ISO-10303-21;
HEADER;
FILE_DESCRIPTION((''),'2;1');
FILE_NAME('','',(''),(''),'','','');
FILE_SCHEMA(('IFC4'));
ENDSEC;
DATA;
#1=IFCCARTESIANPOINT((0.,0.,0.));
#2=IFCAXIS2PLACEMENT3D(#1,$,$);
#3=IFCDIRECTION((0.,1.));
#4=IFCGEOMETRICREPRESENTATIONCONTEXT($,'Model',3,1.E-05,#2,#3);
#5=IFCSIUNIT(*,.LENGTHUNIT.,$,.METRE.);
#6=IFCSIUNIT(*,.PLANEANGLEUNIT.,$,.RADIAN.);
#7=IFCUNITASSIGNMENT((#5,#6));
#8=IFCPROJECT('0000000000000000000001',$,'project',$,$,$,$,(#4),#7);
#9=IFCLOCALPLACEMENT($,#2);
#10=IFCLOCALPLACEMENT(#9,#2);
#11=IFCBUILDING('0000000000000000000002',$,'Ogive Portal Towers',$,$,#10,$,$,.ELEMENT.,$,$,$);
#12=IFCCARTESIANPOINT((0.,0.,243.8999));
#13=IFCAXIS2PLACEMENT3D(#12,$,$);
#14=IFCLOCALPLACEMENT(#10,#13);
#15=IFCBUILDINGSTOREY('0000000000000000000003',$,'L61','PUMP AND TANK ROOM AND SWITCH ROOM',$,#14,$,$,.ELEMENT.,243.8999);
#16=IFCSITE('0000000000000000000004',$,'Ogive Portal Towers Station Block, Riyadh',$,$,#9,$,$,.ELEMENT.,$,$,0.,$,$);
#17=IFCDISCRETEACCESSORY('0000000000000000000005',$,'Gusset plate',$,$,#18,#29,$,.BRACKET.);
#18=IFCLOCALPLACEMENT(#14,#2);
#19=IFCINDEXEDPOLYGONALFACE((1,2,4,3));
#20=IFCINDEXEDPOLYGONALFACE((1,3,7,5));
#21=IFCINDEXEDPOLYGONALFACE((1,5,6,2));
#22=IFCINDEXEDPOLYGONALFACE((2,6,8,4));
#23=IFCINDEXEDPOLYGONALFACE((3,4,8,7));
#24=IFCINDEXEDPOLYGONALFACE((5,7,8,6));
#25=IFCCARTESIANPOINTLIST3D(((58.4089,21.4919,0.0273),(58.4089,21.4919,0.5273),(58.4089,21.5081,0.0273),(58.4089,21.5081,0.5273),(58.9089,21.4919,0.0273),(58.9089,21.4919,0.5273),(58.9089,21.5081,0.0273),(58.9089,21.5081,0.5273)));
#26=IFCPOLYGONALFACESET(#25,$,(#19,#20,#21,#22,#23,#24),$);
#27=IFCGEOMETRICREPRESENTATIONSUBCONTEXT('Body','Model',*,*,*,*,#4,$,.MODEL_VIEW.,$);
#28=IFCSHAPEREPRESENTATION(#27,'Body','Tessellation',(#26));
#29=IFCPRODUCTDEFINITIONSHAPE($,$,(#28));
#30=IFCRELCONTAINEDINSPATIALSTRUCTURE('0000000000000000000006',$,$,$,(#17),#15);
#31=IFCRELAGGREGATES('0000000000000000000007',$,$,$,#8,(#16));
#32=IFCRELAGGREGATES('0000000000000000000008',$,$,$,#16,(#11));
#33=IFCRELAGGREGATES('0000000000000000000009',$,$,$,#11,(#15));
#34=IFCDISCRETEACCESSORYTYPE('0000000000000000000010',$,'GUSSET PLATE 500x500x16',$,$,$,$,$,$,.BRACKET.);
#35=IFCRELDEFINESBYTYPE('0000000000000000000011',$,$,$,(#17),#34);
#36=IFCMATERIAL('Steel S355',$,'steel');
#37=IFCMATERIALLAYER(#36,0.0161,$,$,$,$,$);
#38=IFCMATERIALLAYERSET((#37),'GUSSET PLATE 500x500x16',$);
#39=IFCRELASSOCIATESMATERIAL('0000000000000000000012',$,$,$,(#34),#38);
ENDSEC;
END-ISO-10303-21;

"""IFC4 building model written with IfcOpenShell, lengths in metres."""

from ifc_helpers import new_model, si_unit, direction, frame, origin, origin_2d, place, context, subcontext, project, spatial, rectangle, extrude, material, layer, layer_set, type_object, element, save


model = new_model("IFC4")

# Units and contexts
model_context = context("Model", 3, precision=1e-05, world=origin(), true_north=direction((0.0, 1.0)))
body_context = subcontext(model_context, "Body", "Model", "MODEL_VIEW")
ifc_project = project(units=[si_unit("LENGTHUNIT", "METRE"), si_unit("PLANEANGLEUNIT", "RADIAN")], contexts=[model_context])

# Site, building, storey
site_placement = place(None, origin())
site = spatial("IfcSite", under=ifc_project, at=site_placement, Name="Ogive Portal Towers Station Block, Riyadh", CompositionType="ELEMENT", RefElevation=0.0)
building_placement = place(site_placement, origin())
building = spatial("IfcBuilding", under=site, at=building_placement, Name="Ogive Portal Towers", CompositionType="ELEMENT")
storey_placement = place(building_placement, frame((0.0, 0.0, 243.8999)))
storey = spatial("IfcBuildingStorey", under=building, at=storey_placement, Name="L61", Description="PUMP AND TANK ROOM AND SWITCH ROOM", CompositionType="ELEMENT", Elevation=243.8999)

# Discrete accessory
ifc_material_1 = material(Name="Steel S355", Category="steel")
ifc_layer_1 = layer(ifc_material_1, 0.0161)
ifc_layer_set_1 = layer_set([ifc_layer_1], Name="GUSSET PLATE 500x500x16")
discrete_accessory_type = type_object("IfcDiscreteAccessoryType", Name="GUSSET PLATE 500x500x16", PredefinedType="BRACKET", material=ifc_layer_set_1)
discrete_accessory_placement = place(storey_placement, frame((58.6589, 21.5, 0.0273), z_axis=(0.0, 0.0, 1.0), x_axis=(1.0, 0.0, 0.0)))
element("IfcDiscreteAccessory", 1, at=discrete_accessory_placement, inside=storey, type_object=discrete_accessory_type, Name="Gusset plate", PredefinedType="BRACKET", context=body_context, shape_type="SweptSolid", body=[
    extrude(rectangle(XDim=0.5, YDim=0.0161, at=origin_2d()), origin(), (0.0, 0.0, 1.0), 0.5),
])

save(model, "model.ifc")
